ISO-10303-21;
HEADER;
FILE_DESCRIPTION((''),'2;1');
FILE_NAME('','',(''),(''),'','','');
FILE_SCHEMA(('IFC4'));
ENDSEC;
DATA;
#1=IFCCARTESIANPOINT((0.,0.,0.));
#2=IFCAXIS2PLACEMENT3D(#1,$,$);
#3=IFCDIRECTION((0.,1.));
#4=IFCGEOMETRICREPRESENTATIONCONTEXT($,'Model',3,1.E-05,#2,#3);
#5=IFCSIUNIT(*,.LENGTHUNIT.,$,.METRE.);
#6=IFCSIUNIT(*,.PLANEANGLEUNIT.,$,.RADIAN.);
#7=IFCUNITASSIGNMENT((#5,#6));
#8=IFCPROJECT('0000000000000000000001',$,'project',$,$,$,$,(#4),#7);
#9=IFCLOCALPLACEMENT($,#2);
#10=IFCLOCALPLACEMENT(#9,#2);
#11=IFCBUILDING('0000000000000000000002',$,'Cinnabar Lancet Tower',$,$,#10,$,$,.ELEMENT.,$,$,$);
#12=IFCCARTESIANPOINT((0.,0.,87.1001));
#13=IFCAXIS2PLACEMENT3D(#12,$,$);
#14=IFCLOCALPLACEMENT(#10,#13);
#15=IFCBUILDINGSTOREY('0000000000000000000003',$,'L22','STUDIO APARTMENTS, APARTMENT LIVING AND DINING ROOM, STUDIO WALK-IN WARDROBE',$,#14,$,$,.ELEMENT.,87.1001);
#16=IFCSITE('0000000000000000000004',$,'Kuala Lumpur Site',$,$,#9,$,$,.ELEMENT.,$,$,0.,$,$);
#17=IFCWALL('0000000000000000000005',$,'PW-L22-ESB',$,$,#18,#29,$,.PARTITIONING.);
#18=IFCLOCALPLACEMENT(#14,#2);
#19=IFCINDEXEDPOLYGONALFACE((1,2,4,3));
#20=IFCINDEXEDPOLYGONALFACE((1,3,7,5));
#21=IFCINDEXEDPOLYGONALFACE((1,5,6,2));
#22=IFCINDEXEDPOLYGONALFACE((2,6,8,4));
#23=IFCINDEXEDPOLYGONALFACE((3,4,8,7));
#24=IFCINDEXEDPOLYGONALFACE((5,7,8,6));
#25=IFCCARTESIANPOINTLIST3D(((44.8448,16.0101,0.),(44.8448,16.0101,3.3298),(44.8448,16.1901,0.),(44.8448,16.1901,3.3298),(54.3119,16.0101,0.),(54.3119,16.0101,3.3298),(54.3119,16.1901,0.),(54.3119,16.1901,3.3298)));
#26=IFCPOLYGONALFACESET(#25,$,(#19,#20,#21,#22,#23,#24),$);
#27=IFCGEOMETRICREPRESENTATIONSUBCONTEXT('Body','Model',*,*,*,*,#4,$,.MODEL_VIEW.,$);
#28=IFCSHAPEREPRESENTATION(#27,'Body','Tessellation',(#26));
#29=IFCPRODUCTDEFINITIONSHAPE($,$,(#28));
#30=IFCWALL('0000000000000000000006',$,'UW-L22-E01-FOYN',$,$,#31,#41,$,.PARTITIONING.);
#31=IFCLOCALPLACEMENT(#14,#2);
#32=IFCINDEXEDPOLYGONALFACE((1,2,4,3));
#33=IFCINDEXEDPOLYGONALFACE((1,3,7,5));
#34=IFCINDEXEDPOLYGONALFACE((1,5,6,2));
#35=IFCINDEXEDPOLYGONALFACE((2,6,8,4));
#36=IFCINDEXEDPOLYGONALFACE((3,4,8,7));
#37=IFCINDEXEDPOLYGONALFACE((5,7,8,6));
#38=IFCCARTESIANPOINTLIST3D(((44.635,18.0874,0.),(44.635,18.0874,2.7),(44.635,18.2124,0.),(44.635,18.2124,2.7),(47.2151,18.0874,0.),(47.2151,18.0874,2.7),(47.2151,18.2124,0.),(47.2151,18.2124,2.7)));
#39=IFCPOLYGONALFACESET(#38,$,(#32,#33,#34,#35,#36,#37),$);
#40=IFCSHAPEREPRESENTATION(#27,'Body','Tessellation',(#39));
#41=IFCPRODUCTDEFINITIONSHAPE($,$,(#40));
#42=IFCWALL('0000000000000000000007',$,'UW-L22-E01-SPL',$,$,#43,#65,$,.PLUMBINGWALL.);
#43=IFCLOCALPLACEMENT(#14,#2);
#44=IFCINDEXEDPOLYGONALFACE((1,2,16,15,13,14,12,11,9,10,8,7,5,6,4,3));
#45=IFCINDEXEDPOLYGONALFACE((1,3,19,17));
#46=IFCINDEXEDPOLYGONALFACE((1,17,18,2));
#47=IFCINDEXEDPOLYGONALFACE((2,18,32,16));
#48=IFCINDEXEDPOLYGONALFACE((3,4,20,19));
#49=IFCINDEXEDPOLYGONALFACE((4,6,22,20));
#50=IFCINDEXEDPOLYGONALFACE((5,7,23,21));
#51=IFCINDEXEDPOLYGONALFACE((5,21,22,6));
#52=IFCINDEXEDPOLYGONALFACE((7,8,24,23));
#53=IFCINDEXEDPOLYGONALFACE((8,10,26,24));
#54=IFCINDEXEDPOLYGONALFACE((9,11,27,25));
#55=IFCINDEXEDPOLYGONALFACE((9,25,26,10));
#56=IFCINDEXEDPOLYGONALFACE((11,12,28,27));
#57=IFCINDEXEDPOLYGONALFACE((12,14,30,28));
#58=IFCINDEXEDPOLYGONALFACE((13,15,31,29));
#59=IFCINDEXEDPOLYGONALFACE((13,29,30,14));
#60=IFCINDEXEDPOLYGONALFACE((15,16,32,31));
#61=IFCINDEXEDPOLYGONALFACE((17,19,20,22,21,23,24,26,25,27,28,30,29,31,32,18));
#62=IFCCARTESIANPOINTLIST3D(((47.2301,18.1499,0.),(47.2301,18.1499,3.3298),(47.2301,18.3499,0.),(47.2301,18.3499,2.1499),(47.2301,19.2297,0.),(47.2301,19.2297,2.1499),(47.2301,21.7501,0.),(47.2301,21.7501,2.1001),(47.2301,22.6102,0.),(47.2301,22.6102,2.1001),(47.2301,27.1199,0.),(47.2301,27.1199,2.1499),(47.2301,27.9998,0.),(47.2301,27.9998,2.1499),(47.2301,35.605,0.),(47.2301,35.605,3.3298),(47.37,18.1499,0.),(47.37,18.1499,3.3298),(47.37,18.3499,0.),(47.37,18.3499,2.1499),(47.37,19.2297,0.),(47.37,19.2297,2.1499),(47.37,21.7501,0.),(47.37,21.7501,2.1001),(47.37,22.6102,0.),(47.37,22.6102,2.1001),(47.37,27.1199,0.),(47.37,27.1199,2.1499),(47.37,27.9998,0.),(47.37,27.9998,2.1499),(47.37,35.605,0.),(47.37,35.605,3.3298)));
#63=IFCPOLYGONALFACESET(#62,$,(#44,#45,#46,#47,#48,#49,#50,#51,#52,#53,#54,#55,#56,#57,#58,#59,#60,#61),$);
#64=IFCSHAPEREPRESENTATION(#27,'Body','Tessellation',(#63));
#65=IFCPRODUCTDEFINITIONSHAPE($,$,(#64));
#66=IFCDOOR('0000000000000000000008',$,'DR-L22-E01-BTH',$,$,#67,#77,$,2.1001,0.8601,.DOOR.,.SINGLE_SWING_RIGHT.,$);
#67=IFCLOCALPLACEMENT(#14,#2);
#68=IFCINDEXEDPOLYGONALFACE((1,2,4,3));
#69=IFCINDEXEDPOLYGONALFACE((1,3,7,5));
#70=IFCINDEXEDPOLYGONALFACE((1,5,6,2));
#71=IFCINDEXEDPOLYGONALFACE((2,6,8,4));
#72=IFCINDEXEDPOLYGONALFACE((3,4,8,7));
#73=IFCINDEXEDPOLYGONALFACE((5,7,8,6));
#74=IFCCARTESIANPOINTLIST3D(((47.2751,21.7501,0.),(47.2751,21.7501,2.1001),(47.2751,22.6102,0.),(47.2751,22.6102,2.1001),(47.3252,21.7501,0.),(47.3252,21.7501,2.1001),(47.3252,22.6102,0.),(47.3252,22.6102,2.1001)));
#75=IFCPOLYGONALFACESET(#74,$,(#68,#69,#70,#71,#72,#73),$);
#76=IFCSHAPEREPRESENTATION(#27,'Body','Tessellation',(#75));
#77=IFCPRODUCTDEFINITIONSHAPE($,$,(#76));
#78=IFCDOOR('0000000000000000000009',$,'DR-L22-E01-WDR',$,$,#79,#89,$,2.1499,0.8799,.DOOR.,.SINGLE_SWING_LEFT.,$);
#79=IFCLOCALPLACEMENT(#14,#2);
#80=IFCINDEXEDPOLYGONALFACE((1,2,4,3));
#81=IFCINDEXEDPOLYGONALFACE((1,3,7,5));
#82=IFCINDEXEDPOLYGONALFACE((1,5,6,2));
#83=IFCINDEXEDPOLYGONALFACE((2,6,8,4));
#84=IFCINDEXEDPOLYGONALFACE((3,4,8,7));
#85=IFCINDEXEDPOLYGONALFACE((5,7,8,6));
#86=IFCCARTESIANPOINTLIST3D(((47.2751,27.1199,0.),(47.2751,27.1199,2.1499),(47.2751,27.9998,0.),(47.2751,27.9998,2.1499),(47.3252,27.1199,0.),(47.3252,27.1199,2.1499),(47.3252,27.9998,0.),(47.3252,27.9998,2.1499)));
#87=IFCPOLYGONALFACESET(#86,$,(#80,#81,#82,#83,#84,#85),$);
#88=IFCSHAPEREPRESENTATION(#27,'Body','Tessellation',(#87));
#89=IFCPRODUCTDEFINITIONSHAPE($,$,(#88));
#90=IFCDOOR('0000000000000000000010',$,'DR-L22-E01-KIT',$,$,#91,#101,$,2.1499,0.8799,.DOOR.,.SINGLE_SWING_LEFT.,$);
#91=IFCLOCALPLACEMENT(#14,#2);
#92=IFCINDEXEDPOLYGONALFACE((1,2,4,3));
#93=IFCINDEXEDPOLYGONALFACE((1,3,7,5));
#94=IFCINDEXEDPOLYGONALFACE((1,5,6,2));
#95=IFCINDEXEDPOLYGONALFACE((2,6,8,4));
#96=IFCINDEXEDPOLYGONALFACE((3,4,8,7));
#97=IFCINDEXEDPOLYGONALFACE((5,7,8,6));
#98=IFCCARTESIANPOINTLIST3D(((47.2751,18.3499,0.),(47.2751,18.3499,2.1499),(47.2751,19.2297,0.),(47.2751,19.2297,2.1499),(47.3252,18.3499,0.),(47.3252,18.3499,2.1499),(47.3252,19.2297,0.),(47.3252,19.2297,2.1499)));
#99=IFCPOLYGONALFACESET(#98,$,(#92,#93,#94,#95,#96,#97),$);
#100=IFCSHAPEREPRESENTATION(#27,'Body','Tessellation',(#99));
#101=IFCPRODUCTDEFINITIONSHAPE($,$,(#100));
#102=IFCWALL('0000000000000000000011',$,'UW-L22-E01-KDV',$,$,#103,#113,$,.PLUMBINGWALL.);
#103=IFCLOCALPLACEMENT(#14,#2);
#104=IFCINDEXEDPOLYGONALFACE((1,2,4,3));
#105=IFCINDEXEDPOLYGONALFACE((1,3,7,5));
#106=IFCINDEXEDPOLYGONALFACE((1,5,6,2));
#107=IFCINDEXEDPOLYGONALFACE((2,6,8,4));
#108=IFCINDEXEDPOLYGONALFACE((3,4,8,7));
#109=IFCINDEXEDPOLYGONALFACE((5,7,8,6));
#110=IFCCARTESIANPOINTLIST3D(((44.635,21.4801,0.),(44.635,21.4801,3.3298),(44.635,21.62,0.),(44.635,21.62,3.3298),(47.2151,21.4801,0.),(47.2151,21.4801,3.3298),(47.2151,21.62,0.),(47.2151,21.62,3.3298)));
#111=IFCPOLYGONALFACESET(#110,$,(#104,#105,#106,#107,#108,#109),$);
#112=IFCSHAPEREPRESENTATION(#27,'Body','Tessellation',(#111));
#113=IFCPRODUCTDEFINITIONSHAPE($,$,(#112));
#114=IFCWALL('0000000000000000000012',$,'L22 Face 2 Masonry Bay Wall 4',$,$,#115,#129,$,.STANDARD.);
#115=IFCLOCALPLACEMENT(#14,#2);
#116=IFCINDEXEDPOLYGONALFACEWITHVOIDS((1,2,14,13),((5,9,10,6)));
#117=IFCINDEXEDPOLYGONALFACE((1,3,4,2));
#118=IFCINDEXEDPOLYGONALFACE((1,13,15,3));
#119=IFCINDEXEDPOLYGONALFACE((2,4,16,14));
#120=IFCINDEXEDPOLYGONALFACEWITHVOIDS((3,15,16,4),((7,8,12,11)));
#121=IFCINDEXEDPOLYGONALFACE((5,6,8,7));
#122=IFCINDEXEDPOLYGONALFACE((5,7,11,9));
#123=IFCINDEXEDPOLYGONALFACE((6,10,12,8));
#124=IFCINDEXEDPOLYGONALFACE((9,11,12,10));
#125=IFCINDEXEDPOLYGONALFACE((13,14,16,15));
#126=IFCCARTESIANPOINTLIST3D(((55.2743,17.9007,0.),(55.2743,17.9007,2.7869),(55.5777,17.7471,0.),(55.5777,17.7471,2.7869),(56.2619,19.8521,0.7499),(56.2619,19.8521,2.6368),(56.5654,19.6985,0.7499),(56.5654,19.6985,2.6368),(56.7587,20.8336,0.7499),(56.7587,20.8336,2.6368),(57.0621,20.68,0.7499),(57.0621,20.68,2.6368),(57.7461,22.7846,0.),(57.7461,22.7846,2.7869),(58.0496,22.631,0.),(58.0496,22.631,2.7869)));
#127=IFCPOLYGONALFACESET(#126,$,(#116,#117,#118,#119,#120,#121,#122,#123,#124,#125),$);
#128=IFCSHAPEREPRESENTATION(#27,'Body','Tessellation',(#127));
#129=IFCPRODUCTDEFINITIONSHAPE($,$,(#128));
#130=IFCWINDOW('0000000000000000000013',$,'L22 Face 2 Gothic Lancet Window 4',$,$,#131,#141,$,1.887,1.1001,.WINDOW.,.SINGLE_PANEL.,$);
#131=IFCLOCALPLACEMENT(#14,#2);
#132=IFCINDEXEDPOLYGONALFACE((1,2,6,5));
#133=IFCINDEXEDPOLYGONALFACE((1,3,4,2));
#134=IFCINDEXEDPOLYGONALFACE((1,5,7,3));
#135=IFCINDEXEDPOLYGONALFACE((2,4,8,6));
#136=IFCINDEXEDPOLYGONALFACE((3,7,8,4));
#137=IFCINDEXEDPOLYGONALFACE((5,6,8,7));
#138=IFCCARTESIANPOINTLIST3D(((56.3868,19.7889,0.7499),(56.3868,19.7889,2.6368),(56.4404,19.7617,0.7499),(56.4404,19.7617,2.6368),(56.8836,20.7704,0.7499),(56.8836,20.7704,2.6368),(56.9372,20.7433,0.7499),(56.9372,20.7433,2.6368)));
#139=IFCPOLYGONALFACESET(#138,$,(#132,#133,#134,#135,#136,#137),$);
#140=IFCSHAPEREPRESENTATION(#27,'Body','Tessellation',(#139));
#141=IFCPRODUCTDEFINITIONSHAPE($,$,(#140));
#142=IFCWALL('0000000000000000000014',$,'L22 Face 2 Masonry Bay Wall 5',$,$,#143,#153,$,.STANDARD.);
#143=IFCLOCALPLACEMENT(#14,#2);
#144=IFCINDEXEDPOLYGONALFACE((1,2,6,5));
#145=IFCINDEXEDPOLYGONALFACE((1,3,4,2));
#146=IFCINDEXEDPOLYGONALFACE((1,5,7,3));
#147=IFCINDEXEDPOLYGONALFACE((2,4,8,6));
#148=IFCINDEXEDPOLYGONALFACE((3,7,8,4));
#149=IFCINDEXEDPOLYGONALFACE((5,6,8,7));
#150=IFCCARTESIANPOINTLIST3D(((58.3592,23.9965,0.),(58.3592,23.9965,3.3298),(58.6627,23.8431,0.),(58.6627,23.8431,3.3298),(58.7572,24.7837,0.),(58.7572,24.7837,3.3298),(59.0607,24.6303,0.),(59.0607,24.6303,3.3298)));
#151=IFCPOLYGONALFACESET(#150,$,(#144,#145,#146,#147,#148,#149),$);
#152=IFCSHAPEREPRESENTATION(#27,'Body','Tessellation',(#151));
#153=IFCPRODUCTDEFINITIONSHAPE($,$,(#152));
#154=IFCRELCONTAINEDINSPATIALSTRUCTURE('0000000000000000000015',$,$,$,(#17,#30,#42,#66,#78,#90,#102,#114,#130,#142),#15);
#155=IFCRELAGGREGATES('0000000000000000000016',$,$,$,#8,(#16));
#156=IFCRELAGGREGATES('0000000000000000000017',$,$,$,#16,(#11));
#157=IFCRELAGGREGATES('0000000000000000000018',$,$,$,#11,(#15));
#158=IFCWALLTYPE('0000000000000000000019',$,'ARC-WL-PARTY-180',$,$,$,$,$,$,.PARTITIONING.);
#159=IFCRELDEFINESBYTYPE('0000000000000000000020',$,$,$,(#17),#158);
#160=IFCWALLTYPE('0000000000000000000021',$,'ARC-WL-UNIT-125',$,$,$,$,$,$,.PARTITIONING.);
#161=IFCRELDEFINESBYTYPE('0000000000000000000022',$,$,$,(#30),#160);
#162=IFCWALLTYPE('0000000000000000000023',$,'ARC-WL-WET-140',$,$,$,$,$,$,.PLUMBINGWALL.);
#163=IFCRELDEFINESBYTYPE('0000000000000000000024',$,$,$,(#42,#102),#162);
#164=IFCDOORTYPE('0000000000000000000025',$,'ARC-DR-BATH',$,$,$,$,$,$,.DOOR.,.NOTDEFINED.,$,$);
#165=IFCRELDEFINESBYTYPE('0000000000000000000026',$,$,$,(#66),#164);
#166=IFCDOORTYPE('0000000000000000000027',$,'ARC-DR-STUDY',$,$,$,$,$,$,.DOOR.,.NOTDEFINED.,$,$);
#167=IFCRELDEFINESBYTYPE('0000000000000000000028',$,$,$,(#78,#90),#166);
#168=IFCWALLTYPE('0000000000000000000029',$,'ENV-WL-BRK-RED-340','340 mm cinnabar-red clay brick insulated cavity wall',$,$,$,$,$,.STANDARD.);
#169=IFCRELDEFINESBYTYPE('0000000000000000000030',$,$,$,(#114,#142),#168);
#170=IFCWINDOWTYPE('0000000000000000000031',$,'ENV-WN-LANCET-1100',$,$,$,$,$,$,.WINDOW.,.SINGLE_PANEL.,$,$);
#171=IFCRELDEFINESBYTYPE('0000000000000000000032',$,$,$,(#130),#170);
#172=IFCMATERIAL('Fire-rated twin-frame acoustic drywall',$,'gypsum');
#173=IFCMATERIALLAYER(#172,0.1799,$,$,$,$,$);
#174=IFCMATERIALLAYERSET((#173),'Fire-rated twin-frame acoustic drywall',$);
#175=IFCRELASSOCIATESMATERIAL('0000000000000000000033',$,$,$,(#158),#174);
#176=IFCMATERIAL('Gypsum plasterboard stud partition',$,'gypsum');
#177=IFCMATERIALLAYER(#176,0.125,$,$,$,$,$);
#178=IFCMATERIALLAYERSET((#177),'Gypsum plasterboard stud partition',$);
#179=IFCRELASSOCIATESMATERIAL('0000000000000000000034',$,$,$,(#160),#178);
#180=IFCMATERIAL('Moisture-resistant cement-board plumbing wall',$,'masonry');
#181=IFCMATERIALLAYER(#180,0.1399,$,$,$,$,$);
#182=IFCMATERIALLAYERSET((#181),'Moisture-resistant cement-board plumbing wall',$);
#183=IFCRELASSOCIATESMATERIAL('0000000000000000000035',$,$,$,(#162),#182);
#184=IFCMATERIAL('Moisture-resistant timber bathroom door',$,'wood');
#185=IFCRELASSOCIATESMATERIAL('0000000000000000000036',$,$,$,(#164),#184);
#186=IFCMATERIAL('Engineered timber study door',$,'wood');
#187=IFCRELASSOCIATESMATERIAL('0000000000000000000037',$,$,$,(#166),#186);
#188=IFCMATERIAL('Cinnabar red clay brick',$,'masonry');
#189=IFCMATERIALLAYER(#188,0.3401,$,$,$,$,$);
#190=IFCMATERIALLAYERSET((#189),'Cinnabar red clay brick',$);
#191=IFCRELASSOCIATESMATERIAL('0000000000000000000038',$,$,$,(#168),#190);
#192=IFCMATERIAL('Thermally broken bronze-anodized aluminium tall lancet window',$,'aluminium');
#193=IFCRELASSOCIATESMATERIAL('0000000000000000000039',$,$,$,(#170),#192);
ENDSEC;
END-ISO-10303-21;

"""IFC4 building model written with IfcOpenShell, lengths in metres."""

from ifc_helpers import new_model, si_unit, direction, frame, frame_2d, origin, place, context, subcontext, project, spatial, rectangle, extrude, material, layer, layer_set, type_object, element, fill, save


model = new_model("IFC4")

# Units and contexts
model_context = context("Model", 3, precision=1e-05, world=origin(), true_north=direction((0.0, 1.0)))
body_context = subcontext(model_context, "Body", "Model", "MODEL_VIEW")
ifc_project = project(units=[si_unit("LENGTHUNIT", "METRE"), si_unit("PLANEANGLEUNIT", "RADIAN")], contexts=[model_context])

# Site, building, storey
site_placement = place(None, origin())
site = spatial("IfcSite", under=ifc_project, at=site_placement, Name="Kuala Lumpur Site", CompositionType="ELEMENT", RefElevation=0.0)
building_placement = place(site_placement, origin())
building = spatial("IfcBuilding", under=site, at=building_placement, Name="Cinnabar Lancet Tower", CompositionType="ELEMENT")
storey_placement = place(building_placement, frame((0.0, 0.0, 87.1001)))
storey = spatial("IfcBuildingStorey", under=building, at=storey_placement, Name="L22", Description="STUDIO APARTMENTS, APARTMENT LIVING AND DINING ROOM, STUDIO WALK-IN WARDROBE", CompositionType="ELEMENT", Elevation=87.1001)

# Walls
ifc_material_1 = material(Name="Fire-rated twin-frame acoustic drywall", Category="gypsum")
ifc_layer_1 = layer(ifc_material_1, 0.1799)
ifc_layer_set_1 = layer_set([ifc_layer_1], Name="Fire-rated twin-frame acoustic drywall")
wall_type_1 = type_object("IfcWallType", Name="ARC-WL-PARTY-180", PredefinedType="PARTITIONING", material=ifc_layer_set_1)
wall_1_placement = place(storey_placement, frame((44.845, 16.1001, 0.0), z_axis=(0.0, 0.0, 1.0), x_axis=(1.0, 0.0, 0.0)))
element("IfcWall", 1, at=wall_1_placement, inside=storey, type_object=wall_type_1, Name="PW-L22-ESB", PredefinedType="PARTITIONING", context=body_context, shape_type="SweptSolid", body=[
    extrude(rectangle(XDim=9.467, YDim=0.1799, at=frame_2d((4.7334, 0.0))), origin(), (0.0, 0.0, 1.0), 3.3298),
])
ifc_material_2 = material(Name="Gypsum plasterboard stud partition", Category="gypsum")
ifc_layer_2 = layer(ifc_material_2, 0.125)
ifc_layer_set_2 = layer_set([ifc_layer_2], Name="Gypsum plasterboard stud partition")
wall_type_2 = type_object("IfcWallType", Name="ARC-WL-UNIT-125", PredefinedType="PARTITIONING", material=ifc_layer_set_2)
wall_2_placement = place(storey_placement, frame((44.635, 18.1499, 0.0), z_axis=(0.0, 0.0, 1.0), x_axis=(1.0, 0.0, 0.0)))
element("IfcWall", 2, at=wall_2_placement, inside=storey, type_object=wall_type_2, Name="UW-L22-E01-FOYN", PredefinedType="PARTITIONING", context=body_context, shape_type="SweptSolid", body=[
    extrude(rectangle(XDim=2.5801, YDim=0.125, at=frame_2d((1.29, 0.0))), origin(), (0.0, 0.0, 1.0), 2.7),
])

# Wall, openings, doors
ifc_material_3 = material(Name="Moisture-resistant cement-board plumbing wall", Category="masonry")
ifc_layer_3 = layer(ifc_material_3, 0.1399)
ifc_layer_set_3 = layer_set([ifc_layer_3], Name="Moisture-resistant cement-board plumbing wall")
wall_type_3 = type_object("IfcWallType", Name="ARC-WL-WET-140", PredefinedType="PLUMBINGWALL", material=ifc_layer_set_3)
wall_3_placement = place(storey_placement, frame((47.3, 18.1499, 0.0), z_axis=(0.0, 0.0, 1.0), x_axis=(0.0, 1.0, 0.0)))
wall_3 = element("IfcWall", 3, at=wall_3_placement, inside=storey, type_object=wall_type_3, Name="UW-L22-E01-SPL", PredefinedType="PLUMBINGWALL", context=body_context, shape_type="SweptSolid", body=[
    extrude(rectangle(XDim=17.4551, YDim=0.1399, at=frame_2d((8.7275, 0.0))), origin(), (0.0, 0.0, 1.0), 3.3298),
])
opening_1_placement = place(wall_3_placement, frame((3.6001, 0.0, 0.0)))
opening_1 = element("IfcOpeningElement", 4, at=opening_1_placement, cuts=wall_3, PredefinedType="OPENING", context=body_context, shape_type="SweptSolid", body=[
    extrude(rectangle(XDim=0.8601, YDim=2.1001, at=frame_2d((0.4302, 1.05))), frame((0.0, 0.0798, 0.0), z_axis=(0.0, -1.0, 0.0), x_axis=(1.0, 0.0, 0.0)), (0.0, 0.0, 1.0), 0.1599),
])
opening_2_placement = place(wall_3_placement, frame((8.97, 0.0, 0.0)))
opening_2 = element("IfcOpeningElement", 5, at=opening_2_placement, cuts=wall_3, PredefinedType="OPENING", context=body_context, shape_type="SweptSolid", body=[
    extrude(rectangle(XDim=0.8799, YDim=2.1499, at=frame_2d((0.4399, 1.075))), frame((0.0, 0.0798, 0.0), z_axis=(0.0, -1.0, 0.0), x_axis=(1.0, 0.0, 0.0)), (0.0, 0.0, 1.0), 0.1599),
])
opening_3_placement = place(wall_3_placement, frame((0.2, 0.0, 0.0)))
opening_3 = element("IfcOpeningElement", 6, at=opening_3_placement, cuts=wall_3, PredefinedType="OPENING", context=body_context, shape_type="SweptSolid", body=[
    extrude(rectangle(XDim=0.8799, YDim=2.1499, at=frame_2d((0.4399, 1.075))), frame((0.0, 0.0798, 0.0), z_axis=(0.0, -1.0, 0.0), x_axis=(1.0, 0.0, 0.0)), (0.0, 0.0, 1.0), 0.1599),
])
ifc_material_4 = material(Name="Moisture-resistant timber bathroom door", Category="wood")
door_type_1 = type_object("IfcDoorType", Name="ARC-DR-BATH", OperationType="NOTDEFINED", PredefinedType="DOOR", material=ifc_material_4)
door_1_placement = place(opening_1_placement, origin())
door_1 = element("IfcDoor", 7, at=door_1_placement, inside=storey, type_object=door_type_1, Name="DR-L22-E01-BTH", OperationType="SINGLE_SWING_RIGHT", OverallHeight=2.1001, OverallWidth=0.8601, PredefinedType="DOOR", context=body_context, shape_type="SweptSolid", body=[
    extrude(rectangle(XDim=0.8601, YDim=2.1001, at=frame_2d((0.4302, 1.05))), frame((0.0, 0.0249, 0.0), z_axis=(0.0, -1.0, 0.0), x_axis=(1.0, 0.0, 0.0)), (0.0, 0.0, 1.0), 0.05),
])
fill(opening_1, door_1)
ifc_material_5 = material(Name="Engineered timber study door", Category="wood")
door_type_2 = type_object("IfcDoorType", Name="ARC-DR-STUDY", OperationType="NOTDEFINED", PredefinedType="DOOR", material=ifc_material_5)
door_2_placement = place(opening_2_placement, origin())
door_2 = element("IfcDoor", 8, at=door_2_placement, inside=storey, type_object=door_type_2, Name="DR-L22-E01-WDR", OperationType="SINGLE_SWING_LEFT", OverallHeight=2.1499, OverallWidth=0.8799, PredefinedType="DOOR", context=body_context, shape_type="SweptSolid", body=[
    extrude(rectangle(XDim=0.8799, YDim=2.1499, at=frame_2d((0.4399, 1.075))), frame((0.0, 0.0249, 0.0), z_axis=(0.0, -1.0, 0.0), x_axis=(1.0, 0.0, 0.0)), (0.0, 0.0, 1.0), 0.05),
])
fill(opening_2, door_2)
door_3_placement = place(opening_3_placement, origin())
door_3 = element("IfcDoor", 9, at=door_3_placement, inside=storey, type_object=door_type_2, Name="DR-L22-E01-KIT", OperationType="SINGLE_SWING_LEFT", OverallHeight=2.1499, OverallWidth=0.8799, PredefinedType="DOOR", context=body_context, shape_type="SweptSolid", body=[
    extrude(rectangle(XDim=0.8799, YDim=2.1499, at=frame_2d((0.4399, 1.075))), frame((0.0, 0.0249, 0.0), z_axis=(0.0, -1.0, 0.0), x_axis=(1.0, 0.0, 0.0)), (0.0, 0.0, 1.0), 0.05),
])
fill(opening_3, door_3)

# Wall
wall_4_placement = place(storey_placement, frame((44.635, 21.55, 0.0), z_axis=(0.0, 0.0, 1.0), x_axis=(1.0, 0.0, 0.0)))
element("IfcWall", 10, at=wall_4_placement, inside=storey, type_object=wall_type_3, Name="UW-L22-E01-KDV", PredefinedType="PLUMBINGWALL", context=body_context, shape_type="SweptSolid", body=[
    extrude(rectangle(XDim=2.5801, YDim=0.1399, at=frame_2d((1.29, 0.0))), origin(), (0.0, 0.0, 1.0), 3.3298),
])

# Wall, opening, window
ifc_material_6 = material(Name="Cinnabar red clay brick", Category="masonry")
ifc_layer_4 = layer(ifc_material_6, 0.3401)
ifc_layer_set_4 = layer_set([ifc_layer_4], Name="Cinnabar red clay brick")
wall_type_4 = type_object("IfcWallType", Name="ENV-WL-BRK-RED-340", Description="340 mm cinnabar-red clay brick insulated cavity wall", PredefinedType="STANDARD", material=ifc_layer_set_4)
wall_5_placement = place(storey_placement, frame((55.426, 17.824, 0.0), z_axis=(0.0, 0.0, 1.0), x_axis=(0.451579, 0.892231, 0.0)))
wall_5 = element("IfcWall", 11, at=wall_5_placement, inside=storey, type_object=wall_type_4, Name="L22 Face 2 Masonry Bay Wall 4", PredefinedType="STANDARD", context=body_context, shape_type="SweptSolid", body=[
    extrude(rectangle(XDim=5.4739, YDim=0.3401, at=frame_2d((2.7368, 0.0))), origin(), (0.0, 0.0, 1.0), 2.7869),
])
opening_4_placement = place(wall_5_placement, frame((2.187, 0.0, 0.75)))
opening_4 = element("IfcOpeningElement", 12, at=opening_4_placement, cuts=wall_5, PredefinedType="OPENING", context=body_context, shape_type="SweptSolid", body=[
    extrude(rectangle(XDim=1.1001, YDim=1.887, at=frame_2d((0.55, 0.9434))), frame((0.0, 0.1799, 0.0), z_axis=(0.0, -1.0, 0.0), x_axis=(1.0, 0.0, 0.0)), (0.0, 0.0, 1.0), 0.3601),
])
ifc_material_7 = material(Name="Thermally broken bronze-anodized aluminium tall lancet window", Category="aluminium")
window_type = type_object("IfcWindowType", Name="ENV-WN-LANCET-1100", PartitioningType="SINGLE_PANEL", PredefinedType="WINDOW", material=ifc_material_7)
window_placement = place(opening_4_placement, origin())
window = element("IfcWindow", 13, at=window_placement, inside=storey, type_object=window_type, Name="L22 Face 2 Gothic Lancet Window 4", OverallHeight=1.887, OverallWidth=1.1001, PartitioningType="SINGLE_PANEL", PredefinedType="WINDOW", context=body_context, shape_type="SweptSolid", body=[
    extrude(rectangle(XDim=1.1001, YDim=1.887, at=frame_2d((0.55, 0.9434))), frame((0.0, 0.03, 0.0), z_axis=(0.0, -1.0, 0.0), x_axis=(1.0, 0.0, 0.0)), (0.0, 0.0, 1.0), 0.0601),
])
fill(opening_4, window)

# Wall
wall_6_placement = place(storey_placement, frame((58.511, 23.9199, 0.0), z_axis=(0.0, 0.0, 1.0), x_axis=(0.451195, 0.892425, 0.0)))
element("IfcWall", 14, at=wall_6_placement, inside=storey, type_object=wall_type_4, Name="L22 Face 2 Masonry Bay Wall 5", PredefinedType="STANDARD", context=body_context, shape_type="SweptSolid", body=[
    extrude(rectangle(XDim=0.8821, YDim=0.3401, at=frame_2d((0.4409, 0.0))), origin(), (0.0, 0.0, 1.0), 3.3298),
])

save(model, "model.ifc")
